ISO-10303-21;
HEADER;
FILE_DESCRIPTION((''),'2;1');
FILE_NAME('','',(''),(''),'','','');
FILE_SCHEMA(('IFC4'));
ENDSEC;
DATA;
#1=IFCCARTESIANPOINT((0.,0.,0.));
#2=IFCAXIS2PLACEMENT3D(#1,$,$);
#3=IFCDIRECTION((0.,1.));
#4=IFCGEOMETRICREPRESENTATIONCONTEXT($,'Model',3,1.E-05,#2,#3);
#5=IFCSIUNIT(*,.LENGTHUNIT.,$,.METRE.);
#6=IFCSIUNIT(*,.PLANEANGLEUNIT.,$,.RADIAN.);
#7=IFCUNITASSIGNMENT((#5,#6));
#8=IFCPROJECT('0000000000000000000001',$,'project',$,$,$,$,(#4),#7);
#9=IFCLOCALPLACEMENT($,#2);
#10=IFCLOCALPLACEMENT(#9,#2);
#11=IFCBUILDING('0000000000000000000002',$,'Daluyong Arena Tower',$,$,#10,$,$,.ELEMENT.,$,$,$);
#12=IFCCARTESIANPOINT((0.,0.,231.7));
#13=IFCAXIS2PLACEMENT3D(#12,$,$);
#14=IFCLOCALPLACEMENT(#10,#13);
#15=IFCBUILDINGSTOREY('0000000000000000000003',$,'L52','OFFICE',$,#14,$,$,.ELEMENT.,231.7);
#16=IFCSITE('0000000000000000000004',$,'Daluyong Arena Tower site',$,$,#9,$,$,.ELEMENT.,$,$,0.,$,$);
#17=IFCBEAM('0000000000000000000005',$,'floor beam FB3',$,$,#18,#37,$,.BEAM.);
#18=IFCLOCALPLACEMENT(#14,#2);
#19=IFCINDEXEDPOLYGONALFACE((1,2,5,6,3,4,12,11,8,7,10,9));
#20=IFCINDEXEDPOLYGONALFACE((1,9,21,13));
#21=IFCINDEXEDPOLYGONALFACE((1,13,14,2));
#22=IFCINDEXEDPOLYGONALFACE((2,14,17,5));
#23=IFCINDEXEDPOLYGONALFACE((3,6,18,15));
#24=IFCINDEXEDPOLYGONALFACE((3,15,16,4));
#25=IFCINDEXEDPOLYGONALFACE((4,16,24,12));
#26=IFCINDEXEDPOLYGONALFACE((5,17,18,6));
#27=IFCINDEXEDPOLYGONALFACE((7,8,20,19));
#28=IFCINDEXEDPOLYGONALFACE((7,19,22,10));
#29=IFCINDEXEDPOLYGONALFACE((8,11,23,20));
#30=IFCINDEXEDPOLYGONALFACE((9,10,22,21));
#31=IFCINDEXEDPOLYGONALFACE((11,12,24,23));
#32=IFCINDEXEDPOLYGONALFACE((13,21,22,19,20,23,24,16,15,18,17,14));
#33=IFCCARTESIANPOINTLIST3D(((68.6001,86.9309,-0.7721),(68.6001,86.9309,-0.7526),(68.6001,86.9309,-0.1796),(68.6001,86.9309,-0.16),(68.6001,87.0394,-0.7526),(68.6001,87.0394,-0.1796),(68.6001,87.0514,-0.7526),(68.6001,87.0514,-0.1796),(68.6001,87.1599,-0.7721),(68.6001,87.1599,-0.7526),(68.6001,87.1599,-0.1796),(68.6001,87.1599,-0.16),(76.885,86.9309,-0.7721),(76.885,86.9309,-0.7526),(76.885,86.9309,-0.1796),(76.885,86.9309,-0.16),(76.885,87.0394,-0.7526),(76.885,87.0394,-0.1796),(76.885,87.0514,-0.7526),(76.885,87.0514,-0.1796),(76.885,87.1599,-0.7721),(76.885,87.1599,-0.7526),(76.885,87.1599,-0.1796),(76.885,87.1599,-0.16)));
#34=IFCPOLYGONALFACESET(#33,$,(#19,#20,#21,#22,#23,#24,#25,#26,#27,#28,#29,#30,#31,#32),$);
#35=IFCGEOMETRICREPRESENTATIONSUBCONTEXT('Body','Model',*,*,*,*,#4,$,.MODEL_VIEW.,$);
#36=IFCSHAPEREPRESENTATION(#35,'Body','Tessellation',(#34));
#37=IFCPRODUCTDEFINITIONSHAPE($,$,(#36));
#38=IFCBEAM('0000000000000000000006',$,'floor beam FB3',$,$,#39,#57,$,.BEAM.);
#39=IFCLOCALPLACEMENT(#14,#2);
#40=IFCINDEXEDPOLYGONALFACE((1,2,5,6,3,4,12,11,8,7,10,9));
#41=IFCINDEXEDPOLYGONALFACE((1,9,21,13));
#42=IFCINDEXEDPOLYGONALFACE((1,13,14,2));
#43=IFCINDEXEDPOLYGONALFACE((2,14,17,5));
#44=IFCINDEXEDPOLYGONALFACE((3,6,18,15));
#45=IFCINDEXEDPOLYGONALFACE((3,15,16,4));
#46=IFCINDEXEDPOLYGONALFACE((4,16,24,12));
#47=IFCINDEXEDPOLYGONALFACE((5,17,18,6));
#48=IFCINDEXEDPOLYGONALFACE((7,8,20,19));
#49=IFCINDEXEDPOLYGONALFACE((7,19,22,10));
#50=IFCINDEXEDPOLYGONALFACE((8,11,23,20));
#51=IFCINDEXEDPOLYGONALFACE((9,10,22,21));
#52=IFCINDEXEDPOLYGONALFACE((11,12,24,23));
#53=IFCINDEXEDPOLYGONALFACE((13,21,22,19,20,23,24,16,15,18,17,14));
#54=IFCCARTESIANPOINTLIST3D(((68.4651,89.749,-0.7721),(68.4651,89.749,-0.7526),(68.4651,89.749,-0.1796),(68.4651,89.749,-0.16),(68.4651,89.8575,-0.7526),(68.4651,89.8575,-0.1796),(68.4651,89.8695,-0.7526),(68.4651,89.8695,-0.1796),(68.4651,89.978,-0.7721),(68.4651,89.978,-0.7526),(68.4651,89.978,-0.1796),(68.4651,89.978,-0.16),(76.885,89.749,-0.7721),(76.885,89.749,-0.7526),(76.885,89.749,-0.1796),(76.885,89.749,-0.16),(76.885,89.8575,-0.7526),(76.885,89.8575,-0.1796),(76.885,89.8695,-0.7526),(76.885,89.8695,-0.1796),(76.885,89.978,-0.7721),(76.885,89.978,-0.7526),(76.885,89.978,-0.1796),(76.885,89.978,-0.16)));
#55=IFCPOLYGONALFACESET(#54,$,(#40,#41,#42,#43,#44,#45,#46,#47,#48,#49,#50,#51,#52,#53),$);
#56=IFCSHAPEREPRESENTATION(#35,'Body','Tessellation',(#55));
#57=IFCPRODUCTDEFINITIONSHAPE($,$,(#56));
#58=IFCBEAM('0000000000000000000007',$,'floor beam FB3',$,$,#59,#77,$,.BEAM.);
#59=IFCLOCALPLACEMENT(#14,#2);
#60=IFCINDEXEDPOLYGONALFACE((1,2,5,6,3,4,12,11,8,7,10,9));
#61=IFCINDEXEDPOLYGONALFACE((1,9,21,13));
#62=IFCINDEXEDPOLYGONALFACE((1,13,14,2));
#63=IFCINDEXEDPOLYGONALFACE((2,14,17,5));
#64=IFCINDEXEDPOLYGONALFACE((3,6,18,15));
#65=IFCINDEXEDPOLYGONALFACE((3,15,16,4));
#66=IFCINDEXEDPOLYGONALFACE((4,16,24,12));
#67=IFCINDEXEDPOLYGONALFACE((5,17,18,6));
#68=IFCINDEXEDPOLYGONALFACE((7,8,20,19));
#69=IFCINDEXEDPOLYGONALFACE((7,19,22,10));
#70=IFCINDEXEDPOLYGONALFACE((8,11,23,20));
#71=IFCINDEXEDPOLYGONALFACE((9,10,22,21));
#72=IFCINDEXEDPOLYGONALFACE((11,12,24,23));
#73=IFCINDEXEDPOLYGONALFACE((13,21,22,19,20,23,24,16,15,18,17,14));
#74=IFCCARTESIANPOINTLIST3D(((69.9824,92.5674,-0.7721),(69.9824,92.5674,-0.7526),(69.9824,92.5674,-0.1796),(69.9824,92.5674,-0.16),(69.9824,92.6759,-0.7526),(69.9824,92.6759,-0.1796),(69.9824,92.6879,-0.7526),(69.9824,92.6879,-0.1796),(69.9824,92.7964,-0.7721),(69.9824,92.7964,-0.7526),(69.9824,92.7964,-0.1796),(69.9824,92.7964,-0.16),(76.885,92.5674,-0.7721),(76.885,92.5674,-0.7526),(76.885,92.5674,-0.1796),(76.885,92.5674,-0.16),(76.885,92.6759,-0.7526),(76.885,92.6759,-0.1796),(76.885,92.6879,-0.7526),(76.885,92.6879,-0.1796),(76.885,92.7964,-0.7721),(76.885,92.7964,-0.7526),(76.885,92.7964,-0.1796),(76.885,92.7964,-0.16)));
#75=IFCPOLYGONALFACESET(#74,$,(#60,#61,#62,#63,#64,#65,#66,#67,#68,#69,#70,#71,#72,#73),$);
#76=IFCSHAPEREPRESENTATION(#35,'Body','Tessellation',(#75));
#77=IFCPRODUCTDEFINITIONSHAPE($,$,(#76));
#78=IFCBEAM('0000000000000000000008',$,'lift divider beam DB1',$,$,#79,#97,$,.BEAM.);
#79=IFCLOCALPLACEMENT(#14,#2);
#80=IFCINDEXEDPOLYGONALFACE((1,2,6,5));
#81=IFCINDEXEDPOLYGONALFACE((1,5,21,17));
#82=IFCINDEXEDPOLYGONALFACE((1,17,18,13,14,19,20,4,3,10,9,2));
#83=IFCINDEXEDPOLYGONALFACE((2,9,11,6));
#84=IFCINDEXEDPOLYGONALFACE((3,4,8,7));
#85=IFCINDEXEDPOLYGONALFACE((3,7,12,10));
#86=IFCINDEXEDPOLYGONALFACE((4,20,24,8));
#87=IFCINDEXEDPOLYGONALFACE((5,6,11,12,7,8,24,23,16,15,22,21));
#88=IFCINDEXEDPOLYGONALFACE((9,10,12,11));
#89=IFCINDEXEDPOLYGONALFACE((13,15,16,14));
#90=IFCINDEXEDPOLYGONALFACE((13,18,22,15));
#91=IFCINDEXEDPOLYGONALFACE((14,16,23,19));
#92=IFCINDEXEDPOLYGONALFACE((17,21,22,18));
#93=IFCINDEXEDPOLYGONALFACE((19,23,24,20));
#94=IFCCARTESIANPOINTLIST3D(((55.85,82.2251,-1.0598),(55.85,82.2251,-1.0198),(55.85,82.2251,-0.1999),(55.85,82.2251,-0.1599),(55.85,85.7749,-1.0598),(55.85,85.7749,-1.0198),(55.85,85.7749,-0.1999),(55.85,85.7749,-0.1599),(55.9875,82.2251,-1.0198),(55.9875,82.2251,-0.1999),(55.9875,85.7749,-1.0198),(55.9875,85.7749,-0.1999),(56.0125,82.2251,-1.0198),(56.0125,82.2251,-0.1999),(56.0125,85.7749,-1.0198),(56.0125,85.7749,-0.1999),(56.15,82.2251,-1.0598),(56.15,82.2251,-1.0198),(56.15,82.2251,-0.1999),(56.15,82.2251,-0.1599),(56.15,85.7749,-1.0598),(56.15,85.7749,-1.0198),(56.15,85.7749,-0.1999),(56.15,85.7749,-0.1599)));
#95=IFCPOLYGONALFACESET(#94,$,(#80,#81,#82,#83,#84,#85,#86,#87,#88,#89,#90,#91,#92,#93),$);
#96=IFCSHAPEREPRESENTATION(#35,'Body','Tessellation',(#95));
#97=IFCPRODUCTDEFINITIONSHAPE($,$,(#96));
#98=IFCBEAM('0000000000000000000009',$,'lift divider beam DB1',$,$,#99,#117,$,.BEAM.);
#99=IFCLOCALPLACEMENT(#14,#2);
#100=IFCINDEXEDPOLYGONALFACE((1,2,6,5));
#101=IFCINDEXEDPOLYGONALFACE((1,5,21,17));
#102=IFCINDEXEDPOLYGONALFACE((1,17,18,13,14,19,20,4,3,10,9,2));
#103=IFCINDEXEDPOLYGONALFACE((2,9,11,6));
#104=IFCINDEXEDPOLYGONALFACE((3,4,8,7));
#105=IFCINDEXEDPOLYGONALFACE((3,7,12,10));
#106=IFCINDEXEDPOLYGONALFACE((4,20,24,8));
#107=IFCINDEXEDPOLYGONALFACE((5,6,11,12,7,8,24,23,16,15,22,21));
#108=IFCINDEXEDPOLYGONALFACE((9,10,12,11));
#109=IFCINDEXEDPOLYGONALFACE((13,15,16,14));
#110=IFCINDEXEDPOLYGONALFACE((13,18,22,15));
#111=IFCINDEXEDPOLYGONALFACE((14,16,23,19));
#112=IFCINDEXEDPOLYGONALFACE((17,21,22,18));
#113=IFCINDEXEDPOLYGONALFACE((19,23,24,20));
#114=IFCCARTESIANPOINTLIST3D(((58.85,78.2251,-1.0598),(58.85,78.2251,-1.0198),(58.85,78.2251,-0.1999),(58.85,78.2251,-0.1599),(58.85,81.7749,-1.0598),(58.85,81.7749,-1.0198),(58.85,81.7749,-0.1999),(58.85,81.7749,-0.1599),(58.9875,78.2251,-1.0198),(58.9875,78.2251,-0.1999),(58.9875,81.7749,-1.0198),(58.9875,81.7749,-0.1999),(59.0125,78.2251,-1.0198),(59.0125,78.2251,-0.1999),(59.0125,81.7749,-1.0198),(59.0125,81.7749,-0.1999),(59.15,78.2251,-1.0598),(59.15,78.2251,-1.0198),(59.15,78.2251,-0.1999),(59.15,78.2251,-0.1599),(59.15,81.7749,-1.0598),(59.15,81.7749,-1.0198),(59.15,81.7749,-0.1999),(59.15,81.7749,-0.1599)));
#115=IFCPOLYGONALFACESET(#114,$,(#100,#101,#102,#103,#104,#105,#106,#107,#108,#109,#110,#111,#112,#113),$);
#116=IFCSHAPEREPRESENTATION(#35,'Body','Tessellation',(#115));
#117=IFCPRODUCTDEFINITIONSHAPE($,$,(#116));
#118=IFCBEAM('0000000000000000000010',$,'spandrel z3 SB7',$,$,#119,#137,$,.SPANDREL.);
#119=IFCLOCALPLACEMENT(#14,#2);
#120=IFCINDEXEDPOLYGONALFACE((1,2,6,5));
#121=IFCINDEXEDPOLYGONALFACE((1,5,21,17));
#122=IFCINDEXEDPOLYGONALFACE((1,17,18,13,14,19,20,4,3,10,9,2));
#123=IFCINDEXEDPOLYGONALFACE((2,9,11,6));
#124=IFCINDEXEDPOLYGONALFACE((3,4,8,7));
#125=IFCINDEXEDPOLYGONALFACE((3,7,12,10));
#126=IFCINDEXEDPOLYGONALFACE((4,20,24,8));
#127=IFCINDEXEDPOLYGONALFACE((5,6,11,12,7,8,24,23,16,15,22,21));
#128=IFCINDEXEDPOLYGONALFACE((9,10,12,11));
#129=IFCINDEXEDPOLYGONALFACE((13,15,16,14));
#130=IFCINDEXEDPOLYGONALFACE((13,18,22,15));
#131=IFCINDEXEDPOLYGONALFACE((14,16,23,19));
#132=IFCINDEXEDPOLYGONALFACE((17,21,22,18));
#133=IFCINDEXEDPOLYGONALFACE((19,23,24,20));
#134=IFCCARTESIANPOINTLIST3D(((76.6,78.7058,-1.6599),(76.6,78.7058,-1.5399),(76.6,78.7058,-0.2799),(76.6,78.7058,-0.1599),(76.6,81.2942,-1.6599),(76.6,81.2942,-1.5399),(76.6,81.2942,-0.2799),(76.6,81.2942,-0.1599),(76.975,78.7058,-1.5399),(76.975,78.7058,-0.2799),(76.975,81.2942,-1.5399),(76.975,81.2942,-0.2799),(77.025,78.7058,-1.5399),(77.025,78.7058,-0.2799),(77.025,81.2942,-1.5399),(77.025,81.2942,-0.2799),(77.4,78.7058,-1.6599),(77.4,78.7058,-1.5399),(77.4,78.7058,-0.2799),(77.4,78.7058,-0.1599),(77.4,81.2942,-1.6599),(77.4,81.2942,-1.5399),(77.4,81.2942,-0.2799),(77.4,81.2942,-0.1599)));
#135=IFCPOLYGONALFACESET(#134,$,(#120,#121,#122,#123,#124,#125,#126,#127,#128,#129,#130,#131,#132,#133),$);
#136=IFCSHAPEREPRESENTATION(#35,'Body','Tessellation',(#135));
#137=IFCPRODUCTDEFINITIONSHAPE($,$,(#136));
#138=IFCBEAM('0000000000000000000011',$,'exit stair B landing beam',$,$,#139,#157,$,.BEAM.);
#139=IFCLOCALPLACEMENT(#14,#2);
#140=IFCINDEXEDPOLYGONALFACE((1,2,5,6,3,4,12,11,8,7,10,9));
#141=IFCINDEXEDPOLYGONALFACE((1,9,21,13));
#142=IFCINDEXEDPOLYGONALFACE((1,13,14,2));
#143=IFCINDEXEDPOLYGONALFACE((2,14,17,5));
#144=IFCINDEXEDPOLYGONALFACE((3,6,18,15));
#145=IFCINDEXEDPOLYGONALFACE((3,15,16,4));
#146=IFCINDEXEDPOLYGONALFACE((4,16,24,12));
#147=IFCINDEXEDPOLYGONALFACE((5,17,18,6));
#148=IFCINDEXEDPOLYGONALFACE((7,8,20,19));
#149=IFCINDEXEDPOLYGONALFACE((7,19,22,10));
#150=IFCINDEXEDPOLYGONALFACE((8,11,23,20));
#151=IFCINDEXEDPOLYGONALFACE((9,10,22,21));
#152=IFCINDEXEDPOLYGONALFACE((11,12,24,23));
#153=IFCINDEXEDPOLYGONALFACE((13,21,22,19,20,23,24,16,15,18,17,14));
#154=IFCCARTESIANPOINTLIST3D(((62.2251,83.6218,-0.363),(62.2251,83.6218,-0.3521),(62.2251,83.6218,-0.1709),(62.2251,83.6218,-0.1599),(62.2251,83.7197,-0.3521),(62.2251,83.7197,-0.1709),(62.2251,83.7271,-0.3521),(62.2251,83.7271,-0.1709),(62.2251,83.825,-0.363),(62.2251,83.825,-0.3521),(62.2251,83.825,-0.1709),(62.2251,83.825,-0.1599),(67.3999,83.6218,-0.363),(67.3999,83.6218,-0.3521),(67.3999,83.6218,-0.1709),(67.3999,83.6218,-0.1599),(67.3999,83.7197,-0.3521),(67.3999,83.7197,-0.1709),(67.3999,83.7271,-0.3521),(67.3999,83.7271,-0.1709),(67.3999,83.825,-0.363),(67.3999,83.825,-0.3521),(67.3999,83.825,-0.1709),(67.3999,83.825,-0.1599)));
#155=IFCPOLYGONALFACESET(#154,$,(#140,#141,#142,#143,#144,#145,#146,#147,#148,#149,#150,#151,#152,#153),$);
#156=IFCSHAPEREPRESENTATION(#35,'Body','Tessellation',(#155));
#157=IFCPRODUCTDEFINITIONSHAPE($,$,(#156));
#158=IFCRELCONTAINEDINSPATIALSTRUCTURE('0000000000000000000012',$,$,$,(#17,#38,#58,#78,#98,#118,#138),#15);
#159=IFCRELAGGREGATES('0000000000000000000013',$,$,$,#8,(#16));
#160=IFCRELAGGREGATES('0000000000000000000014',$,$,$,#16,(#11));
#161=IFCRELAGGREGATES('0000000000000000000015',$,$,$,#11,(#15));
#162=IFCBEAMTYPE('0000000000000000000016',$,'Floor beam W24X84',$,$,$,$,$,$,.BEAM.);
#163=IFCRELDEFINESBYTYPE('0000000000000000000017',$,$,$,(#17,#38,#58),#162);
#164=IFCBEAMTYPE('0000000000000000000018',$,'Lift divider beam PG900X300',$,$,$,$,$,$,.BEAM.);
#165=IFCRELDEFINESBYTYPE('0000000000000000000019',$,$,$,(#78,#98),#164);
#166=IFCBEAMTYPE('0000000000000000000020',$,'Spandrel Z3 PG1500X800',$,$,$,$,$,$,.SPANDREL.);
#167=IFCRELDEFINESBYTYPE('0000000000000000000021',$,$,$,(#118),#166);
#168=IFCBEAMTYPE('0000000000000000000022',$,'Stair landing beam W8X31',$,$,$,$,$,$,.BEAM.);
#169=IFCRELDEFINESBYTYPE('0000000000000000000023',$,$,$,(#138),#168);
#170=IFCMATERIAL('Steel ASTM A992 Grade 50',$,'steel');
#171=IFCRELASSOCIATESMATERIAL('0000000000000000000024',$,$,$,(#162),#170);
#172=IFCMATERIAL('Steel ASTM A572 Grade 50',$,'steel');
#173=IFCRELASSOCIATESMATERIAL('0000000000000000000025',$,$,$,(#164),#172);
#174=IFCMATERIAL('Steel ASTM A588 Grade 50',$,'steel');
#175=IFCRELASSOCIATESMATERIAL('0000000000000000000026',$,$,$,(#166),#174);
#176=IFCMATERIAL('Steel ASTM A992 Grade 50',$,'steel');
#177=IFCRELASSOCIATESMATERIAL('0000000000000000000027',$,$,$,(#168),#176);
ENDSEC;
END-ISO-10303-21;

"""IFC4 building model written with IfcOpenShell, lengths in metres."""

from ifc_helpers import new_model, si_unit, direction, frame, origin, origin_2d, place, context, subcontext, project, spatial, i_section, extrude, material, material_profile, profile_set, type_object, element, save


model = new_model("IFC4")

# Units and contexts
model_context = context("Model", 3, precision=1e-05, world=origin(), true_north=direction((0.0, 1.0)))
body_context = subcontext(model_context, "Body", "Model", "MODEL_VIEW")
ifc_project = project(units=[si_unit("LENGTHUNIT", "METRE"), si_unit("PLANEANGLEUNIT", "RADIAN")], contexts=[model_context])

# Site, building, storey
site_placement = place(None, origin())
site = spatial("IfcSite", under=ifc_project, at=site_placement, Name="Daluyong Arena Tower site", CompositionType="ELEMENT", RefElevation=0.0)
building_placement = place(site_placement, origin())
building = spatial("IfcBuilding", under=site, at=building_placement, Name="Daluyong Arena Tower", CompositionType="ELEMENT")
storey_placement = place(building_placement, frame((0.0, 0.0, 231.7)))
storey = spatial("IfcBuildingStorey", under=building, at=storey_placement, Name="L52", Description="OFFICE", CompositionType="ELEMENT", Elevation=231.7)

# Beams
ifc_material_1 = material(Name="Steel ASTM A992 Grade 50", Category="steel")
ifc_material_profile_1 = material_profile(ifc_material_1, i_section(OverallWidth=0.229, OverallDepth=0.6121, WebThickness=0.012, FlangeThickness=0.0195, at=origin_2d()))
ifc_profile_set_1 = profile_set([ifc_material_profile_1], Name="Steel ASTM A992 Grade 50")
beam_type_1 = type_object("IfcBeamType", Name="Floor beam W24X84", PredefinedType="BEAM", material=ifc_profile_set_1)
for number, where, z_axis, x_axis, name in (
    (1, (76.885, 87.0454, -0.4661), (-1.0, 0.0, 0.0), (0.0, -1.0, 0.0), "floor beam FB3"),
):
    element("IfcBeam", number, at=place(storey_placement, frame(where, z_axis=z_axis, x_axis=x_axis)), inside=storey, type_object=beam_type_1, Name=name, PredefinedType="BEAM", context=body_context, shape_type="SweptSolid", body=[
        extrude(i_section(OverallWidth=0.229, OverallDepth=0.6121, WebThickness=0.012, FlangeThickness=0.0195, at=origin_2d()), origin(), (0.0, 0.0, 1.0), 8.2849),
    ])
beam_1_placement = place(storey_placement, frame((76.885, 89.8635, -0.4661), z_axis=(-1.0, 0.0, 0.0), x_axis=(0.0, -1.0, 0.0)))
element("IfcBeam", 2, at=beam_1_placement, inside=storey, type_object=beam_type_1, Name="floor beam FB3", PredefinedType="BEAM", context=body_context, shape_type="SweptSolid", body=[
    extrude(i_section(OverallWidth=0.229, OverallDepth=0.6121, WebThickness=0.012, FlangeThickness=0.0195, at=origin_2d()), origin(), (0.0, 0.0, 1.0), 8.4199),
])
beam_2_placement = place(storey_placement, frame((76.885, 92.6819, -0.4661), z_axis=(-1.0, 0.0, 0.0), x_axis=(0.0, -1.0, 0.0)))
element("IfcBeam", 3, at=beam_2_placement, inside=storey, type_object=beam_type_1, Name="floor beam FB3", PredefinedType="BEAM", context=body_context, shape_type="SweptSolid", body=[
    extrude(i_section(OverallWidth=0.229, OverallDepth=0.6121, WebThickness=0.012, FlangeThickness=0.0195, at=origin_2d()), origin(), (0.0, 0.0, 1.0), 6.9026),
])
ifc_material_2 = material(Name="Steel ASTM A572 Grade 50", Category="steel")
ifc_material_profile_2 = material_profile(ifc_material_2, i_section(OverallWidth=0.3, OverallDepth=0.8999, WebThickness=0.025, FlangeThickness=0.04, at=origin_2d()))
ifc_profile_set_2 = profile_set([ifc_material_profile_2], Name="Steel ASTM A572 Grade 50")
beam_type_2 = type_object("IfcBeamType", Name="Lift divider beam PG900X300", PredefinedType="BEAM", material=ifc_profile_set_2)
for number, where, z_axis, x_axis, name in (
    (4, (56.0, 82.2251, -0.6099), (0.0, 1.0, 0.0), (-1.0, 0.0, 0.0), "lift divider beam DB1"),
    (5, (59.0, 78.2251, -0.6099), (0.0, 1.0, 0.0), (-1.0, 0.0, 0.0), "lift divider beam DB1"),
):
    element("IfcBeam", number, at=place(storey_placement, frame(where, z_axis=z_axis, x_axis=x_axis)), inside=storey, type_object=beam_type_2, Name=name, PredefinedType="BEAM", context=body_context, shape_type="SweptSolid", body=[
        extrude(i_section(OverallWidth=0.3, OverallDepth=0.8999, WebThickness=0.025, FlangeThickness=0.04, at=origin_2d()), origin(), (0.0, 0.0, 1.0), 3.5498),
    ])
ifc_material_3 = material(Name="Steel ASTM A588 Grade 50", Category="steel")
ifc_material_profile_3 = material_profile(ifc_material_3, i_section(OverallWidth=0.8, OverallDepth=1.5, WebThickness=0.05, FlangeThickness=0.12, at=origin_2d()))
ifc_profile_set_3 = profile_set([ifc_material_profile_3], Name="Steel ASTM A588 Grade 50")
beam_type_3 = type_object("IfcBeamType", Name="Spandrel Z3 PG1500X800", PredefinedType="SPANDREL", material=ifc_profile_set_3)
beam_3_placement = place(storey_placement, frame((77.0, 78.7058, -0.9099), z_axis=(0.0, 1.0, 0.0), x_axis=(-1.0, 0.0, 0.0)))
element("IfcBeam", 6, at=beam_3_placement, inside=storey, type_object=beam_type_3, Name="spandrel z3 SB7", PredefinedType="SPANDREL", context=body_context, shape_type="SweptSolid", body=[
    extrude(i_section(OverallWidth=0.8, OverallDepth=1.5, WebThickness=0.05, FlangeThickness=0.12, at=origin_2d()), origin(), (0.0, 0.0, 1.0), 2.5884),
])
ifc_material_4 = material(Name="Steel ASTM A992 Grade 50", Category="steel")
ifc_material_profile_4 = material_profile(ifc_material_4, i_section(OverallWidth=0.2031, OverallDepth=0.2031, WebThickness=0.0073, FlangeThickness=0.011, at=origin_2d()))
ifc_profile_set_4 = profile_set([ifc_material_profile_4], Name="Steel ASTM A992 Grade 50")
beam_type_4 = type_object("IfcBeamType", Name="Stair landing beam W8X31", PredefinedType="BEAM", material=ifc_profile_set_4)
beam_4_placement = place(storey_placement, frame((62.2251, 83.7234, -0.2615), z_axis=(1.0, 0.0, 0.0), x_axis=(0.0, 1.0, 0.0)))
element("IfcBeam", 7, at=beam_4_placement, inside=storey, type_object=beam_type_4, Name="exit stair B landing beam", PredefinedType="BEAM", context=body_context, shape_type="SweptSolid", body=[
    extrude(i_section(OverallWidth=0.2031, OverallDepth=0.2031, WebThickness=0.0073, FlangeThickness=0.011, at=origin_2d()), origin(), (0.0, 0.0, 1.0), 5.1748),
])

save(model, "model.ifc")
